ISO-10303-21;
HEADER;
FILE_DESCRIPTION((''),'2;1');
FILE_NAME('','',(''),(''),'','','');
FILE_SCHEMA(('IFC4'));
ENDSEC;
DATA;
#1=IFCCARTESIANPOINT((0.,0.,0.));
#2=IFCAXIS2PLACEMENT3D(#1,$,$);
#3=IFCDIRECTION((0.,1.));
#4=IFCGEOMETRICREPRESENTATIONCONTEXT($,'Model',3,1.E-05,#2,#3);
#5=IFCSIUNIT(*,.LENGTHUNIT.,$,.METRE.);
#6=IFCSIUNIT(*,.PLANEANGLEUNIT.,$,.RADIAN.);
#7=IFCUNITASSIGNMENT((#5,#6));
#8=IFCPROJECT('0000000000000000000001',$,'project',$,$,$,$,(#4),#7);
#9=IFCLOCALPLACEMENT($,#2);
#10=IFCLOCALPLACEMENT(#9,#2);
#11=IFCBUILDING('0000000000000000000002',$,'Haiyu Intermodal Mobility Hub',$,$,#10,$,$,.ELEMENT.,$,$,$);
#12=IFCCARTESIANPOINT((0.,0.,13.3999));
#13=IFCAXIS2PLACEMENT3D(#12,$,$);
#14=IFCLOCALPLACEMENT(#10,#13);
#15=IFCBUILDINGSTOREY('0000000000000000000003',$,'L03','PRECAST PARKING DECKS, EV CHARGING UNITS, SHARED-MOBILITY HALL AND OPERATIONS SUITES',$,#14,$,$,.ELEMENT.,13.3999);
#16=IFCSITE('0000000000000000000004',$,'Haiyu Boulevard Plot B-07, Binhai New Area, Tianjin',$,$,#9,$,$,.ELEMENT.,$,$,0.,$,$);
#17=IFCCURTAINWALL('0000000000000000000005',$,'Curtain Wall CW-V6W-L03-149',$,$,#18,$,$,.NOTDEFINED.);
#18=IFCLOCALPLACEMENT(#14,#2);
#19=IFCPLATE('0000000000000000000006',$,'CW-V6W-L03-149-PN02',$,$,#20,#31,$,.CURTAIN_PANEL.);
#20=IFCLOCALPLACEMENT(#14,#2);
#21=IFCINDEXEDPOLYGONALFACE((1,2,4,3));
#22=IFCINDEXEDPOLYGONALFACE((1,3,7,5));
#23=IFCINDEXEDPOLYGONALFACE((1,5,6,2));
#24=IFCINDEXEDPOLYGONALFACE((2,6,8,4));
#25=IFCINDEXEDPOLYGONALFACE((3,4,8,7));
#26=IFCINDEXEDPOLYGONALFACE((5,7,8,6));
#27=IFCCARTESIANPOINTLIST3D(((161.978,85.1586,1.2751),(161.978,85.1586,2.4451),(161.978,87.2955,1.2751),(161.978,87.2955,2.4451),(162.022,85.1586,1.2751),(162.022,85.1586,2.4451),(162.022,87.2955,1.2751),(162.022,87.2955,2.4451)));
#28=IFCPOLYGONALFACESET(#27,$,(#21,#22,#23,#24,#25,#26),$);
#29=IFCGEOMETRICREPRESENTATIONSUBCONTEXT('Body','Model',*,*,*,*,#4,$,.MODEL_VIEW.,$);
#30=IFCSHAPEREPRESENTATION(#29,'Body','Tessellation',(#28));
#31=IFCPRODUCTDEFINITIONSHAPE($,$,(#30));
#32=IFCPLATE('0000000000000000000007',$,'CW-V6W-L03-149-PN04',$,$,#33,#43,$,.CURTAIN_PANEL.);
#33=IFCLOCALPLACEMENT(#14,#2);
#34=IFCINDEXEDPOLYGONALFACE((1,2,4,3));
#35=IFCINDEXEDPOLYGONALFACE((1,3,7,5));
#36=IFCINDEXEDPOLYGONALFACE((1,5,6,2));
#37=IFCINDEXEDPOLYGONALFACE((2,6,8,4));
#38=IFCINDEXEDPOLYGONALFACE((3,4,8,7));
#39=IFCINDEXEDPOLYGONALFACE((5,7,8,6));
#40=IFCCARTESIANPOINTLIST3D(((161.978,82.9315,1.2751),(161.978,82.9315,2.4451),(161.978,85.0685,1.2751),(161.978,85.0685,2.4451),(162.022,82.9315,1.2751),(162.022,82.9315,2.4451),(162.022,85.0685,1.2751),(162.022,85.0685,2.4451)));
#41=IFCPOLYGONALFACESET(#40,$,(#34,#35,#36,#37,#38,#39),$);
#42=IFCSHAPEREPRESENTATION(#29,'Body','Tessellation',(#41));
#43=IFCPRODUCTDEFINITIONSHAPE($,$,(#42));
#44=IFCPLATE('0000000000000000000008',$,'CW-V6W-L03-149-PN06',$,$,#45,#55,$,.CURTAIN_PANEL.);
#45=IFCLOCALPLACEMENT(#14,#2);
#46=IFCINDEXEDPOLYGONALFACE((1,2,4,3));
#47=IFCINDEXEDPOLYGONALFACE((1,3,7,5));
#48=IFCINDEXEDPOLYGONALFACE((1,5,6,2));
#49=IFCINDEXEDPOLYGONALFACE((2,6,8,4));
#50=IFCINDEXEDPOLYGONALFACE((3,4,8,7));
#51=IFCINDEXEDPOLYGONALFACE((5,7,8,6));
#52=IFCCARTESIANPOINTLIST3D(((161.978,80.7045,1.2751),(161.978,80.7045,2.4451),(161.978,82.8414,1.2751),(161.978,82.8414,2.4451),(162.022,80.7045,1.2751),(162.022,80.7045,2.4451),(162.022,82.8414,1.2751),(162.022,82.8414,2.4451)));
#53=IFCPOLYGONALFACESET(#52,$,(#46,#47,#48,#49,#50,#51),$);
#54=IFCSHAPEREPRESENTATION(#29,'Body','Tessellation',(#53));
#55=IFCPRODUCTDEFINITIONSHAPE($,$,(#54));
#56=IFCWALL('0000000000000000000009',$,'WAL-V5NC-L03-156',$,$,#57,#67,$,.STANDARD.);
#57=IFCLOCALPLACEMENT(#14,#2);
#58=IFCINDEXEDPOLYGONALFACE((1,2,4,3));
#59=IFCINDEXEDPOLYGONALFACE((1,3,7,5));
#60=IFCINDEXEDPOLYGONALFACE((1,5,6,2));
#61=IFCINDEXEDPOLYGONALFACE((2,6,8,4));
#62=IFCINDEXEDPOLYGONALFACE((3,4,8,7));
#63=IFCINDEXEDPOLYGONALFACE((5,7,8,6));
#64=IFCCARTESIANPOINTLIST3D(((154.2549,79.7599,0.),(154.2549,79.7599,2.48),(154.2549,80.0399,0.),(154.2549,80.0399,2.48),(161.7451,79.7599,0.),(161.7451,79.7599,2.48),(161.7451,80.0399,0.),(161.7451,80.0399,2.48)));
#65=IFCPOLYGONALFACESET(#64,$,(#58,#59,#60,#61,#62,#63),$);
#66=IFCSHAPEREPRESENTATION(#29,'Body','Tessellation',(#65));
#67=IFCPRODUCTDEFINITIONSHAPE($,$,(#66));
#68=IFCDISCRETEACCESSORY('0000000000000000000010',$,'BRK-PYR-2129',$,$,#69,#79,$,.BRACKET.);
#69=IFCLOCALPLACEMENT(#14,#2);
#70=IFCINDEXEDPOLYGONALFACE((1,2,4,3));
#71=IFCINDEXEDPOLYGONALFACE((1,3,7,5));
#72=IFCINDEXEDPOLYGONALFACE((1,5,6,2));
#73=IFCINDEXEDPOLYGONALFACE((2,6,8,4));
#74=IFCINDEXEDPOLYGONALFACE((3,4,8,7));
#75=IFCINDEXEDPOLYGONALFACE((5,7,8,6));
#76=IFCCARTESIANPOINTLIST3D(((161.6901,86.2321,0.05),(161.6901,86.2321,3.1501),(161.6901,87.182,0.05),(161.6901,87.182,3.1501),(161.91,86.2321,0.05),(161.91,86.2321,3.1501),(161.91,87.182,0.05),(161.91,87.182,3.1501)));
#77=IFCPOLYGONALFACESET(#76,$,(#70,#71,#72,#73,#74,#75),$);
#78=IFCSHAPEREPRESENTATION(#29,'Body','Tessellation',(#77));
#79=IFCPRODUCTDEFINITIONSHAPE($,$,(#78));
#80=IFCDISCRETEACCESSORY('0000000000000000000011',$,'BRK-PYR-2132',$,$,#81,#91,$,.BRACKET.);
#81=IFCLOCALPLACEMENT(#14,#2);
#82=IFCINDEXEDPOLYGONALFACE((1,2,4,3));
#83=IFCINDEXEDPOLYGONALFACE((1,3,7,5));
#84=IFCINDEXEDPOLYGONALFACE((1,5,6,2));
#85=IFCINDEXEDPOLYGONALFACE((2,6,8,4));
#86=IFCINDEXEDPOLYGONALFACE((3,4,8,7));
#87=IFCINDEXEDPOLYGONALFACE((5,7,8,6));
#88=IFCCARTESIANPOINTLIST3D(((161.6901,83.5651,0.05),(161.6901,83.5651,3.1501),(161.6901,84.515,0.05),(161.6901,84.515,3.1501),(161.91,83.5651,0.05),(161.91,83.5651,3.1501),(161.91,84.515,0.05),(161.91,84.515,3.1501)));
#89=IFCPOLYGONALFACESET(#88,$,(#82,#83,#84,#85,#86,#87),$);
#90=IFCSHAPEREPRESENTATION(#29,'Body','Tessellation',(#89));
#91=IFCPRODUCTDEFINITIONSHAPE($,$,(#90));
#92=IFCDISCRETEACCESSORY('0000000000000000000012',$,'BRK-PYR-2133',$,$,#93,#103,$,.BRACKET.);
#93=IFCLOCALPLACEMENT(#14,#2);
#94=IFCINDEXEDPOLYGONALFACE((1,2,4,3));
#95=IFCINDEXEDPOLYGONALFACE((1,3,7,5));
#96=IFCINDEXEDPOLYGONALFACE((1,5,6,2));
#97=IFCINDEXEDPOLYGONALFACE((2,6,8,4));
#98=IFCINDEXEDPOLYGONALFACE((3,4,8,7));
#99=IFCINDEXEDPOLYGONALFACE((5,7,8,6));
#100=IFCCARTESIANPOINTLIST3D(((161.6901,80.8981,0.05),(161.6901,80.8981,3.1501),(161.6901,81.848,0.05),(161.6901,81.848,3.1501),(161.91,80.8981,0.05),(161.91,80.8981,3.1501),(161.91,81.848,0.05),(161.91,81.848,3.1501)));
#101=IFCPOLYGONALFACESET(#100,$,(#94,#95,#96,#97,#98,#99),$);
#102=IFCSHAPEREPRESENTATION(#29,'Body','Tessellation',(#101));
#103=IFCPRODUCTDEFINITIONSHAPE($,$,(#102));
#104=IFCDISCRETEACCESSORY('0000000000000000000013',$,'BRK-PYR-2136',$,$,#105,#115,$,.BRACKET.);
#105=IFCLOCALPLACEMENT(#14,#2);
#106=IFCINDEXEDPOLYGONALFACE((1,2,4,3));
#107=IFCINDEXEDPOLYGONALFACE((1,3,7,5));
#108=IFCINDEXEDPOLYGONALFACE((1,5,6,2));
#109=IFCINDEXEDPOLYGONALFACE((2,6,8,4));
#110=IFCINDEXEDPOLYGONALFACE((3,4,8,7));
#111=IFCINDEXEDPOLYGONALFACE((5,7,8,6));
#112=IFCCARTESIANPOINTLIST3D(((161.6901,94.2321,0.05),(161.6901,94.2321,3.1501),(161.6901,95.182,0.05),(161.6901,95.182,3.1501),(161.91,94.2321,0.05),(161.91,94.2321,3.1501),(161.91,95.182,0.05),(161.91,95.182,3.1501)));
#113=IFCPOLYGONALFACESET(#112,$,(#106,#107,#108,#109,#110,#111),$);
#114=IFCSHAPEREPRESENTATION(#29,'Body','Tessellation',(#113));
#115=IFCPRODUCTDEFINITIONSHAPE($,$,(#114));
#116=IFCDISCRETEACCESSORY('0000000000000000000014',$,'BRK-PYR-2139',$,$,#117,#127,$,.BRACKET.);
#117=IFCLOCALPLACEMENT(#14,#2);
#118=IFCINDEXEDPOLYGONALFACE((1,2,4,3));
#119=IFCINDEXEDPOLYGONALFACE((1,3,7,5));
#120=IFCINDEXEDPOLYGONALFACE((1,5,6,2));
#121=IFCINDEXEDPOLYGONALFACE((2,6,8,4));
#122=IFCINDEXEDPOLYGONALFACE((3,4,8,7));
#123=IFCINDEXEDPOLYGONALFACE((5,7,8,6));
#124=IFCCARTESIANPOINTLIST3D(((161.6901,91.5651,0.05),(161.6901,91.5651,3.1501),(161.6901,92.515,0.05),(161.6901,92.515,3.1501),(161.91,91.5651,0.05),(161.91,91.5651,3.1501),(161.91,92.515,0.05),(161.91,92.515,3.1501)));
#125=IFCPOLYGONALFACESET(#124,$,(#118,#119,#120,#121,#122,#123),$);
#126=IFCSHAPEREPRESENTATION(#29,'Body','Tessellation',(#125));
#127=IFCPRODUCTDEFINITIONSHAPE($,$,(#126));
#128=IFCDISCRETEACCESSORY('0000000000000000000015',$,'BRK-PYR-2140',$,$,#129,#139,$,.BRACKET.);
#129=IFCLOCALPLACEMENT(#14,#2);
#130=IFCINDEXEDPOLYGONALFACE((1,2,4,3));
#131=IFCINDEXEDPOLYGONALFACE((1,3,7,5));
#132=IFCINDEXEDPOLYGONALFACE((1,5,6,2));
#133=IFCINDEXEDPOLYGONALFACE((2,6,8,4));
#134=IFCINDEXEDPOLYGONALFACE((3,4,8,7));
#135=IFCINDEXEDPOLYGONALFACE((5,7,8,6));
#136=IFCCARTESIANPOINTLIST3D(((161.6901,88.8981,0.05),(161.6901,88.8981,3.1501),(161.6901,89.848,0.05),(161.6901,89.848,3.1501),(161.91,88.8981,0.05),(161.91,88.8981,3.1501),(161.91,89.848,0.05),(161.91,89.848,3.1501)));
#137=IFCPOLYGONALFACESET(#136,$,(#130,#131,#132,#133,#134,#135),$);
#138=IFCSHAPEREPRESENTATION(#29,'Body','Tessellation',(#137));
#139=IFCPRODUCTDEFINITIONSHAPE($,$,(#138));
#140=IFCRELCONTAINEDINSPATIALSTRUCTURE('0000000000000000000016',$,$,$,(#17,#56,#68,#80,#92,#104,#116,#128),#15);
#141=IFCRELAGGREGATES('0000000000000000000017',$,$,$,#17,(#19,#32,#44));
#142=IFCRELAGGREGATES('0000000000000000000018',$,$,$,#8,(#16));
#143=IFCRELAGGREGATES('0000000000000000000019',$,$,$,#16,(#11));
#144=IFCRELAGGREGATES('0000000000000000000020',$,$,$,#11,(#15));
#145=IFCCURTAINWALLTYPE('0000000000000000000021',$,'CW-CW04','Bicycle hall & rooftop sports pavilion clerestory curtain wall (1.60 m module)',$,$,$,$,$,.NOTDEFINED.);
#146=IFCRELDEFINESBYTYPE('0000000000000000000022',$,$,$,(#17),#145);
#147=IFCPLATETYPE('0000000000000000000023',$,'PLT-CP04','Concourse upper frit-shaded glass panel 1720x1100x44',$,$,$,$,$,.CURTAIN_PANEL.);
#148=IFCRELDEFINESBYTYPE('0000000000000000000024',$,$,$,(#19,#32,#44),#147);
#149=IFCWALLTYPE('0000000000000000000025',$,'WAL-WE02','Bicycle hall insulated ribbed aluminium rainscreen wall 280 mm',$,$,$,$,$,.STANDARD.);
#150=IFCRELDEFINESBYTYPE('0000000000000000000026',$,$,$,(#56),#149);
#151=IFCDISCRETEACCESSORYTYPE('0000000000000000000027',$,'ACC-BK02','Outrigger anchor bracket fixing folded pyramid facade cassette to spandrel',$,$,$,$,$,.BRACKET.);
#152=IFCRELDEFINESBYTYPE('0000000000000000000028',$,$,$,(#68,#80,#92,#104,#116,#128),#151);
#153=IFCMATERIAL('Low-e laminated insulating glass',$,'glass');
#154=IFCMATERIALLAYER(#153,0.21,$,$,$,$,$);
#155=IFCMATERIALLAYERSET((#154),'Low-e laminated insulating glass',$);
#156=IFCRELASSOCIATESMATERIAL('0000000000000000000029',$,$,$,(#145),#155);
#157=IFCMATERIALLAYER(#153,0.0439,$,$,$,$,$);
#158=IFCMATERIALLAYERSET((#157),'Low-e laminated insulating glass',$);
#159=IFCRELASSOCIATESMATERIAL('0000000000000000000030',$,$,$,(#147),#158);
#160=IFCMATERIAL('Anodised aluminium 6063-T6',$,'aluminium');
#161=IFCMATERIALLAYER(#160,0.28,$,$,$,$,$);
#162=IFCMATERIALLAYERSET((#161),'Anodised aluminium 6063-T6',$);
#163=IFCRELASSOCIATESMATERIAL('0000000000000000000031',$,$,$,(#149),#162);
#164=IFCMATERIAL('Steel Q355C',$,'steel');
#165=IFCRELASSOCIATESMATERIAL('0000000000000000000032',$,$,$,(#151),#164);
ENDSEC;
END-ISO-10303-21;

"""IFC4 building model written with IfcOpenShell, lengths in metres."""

from ifc_helpers import new_model, si_unit, direction, frame, frame_2d, origin, origin_2d, place, context, subcontext, project, spatial, rectangle, extrude, material, layer, layer_set, type_object, element, aggregate, save


model = new_model("IFC4")

# Units and contexts
model_context = context("Model", 3, precision=1e-05, world=origin(), true_north=direction((0.0, 1.0)))
body_context = subcontext(model_context, "Body", "Model", "MODEL_VIEW")
ifc_project = project(units=[si_unit("LENGTHUNIT", "METRE"), si_unit("PLANEANGLEUNIT", "RADIAN")], contexts=[model_context])

# Site, building, storey
site_placement = place(None, origin())
site = spatial("IfcSite", under=ifc_project, at=site_placement, Name="Haiyu Boulevard Plot B-07, Binhai New Area, Tianjin", CompositionType="ELEMENT", RefElevation=0.0)
building_placement = place(site_placement, origin())
building = spatial("IfcBuilding", under=site, at=building_placement, Name="Haiyu Intermodal Mobility Hub", CompositionType="ELEMENT")
storey_placement = place(building_placement, frame((0.0, 0.0, 13.3999)))
storey = spatial("IfcBuildingStorey", under=building, at=storey_placement, Name="L03", Description="PRECAST PARKING DECKS, EV CHARGING UNITS, SHARED-MOBILITY HALL AND OPERATIONS SUITES", CompositionType="ELEMENT", Elevation=13.3999)

# Curtain wall, plates
ifc_material_1 = material(Name="Low-e laminated insulating glass", Category="glass")
ifc_layer_1 = layer(ifc_material_1, 0.21)
ifc_layer_set_1 = layer_set([ifc_layer_1], Name="Low-e laminated insulating glass")
curtain_wall_type = type_object("IfcCurtainWallType", Name="CW-CW04", Description="Bicycle hall & rooftop sports pavilion clerestory curtain wall (1.60 m module)", PredefinedType="NOTDEFINED", material=ifc_layer_set_1)
curtain_wall_placement = place(storey_placement, origin())
curtain_wall = element("IfcCurtainWall", 1, at=curtain_wall_placement, inside=storey, type_object=curtain_wall_type, Name="Curtain Wall CW-V6W-L03-149", PredefinedType="NOTDEFINED")
ifc_material_2 = material(Name="Anodised aluminium 6063-T6", Category="aluminium")
ifc_layer_2 = layer(ifc_material_1, 0.0439)
ifc_layer_set_2 = layer_set([ifc_layer_2], Name="Low-e laminated insulating glass")
plate_type_1 = type_object("IfcPlateType", Name="PLT-CP04", Description="Concourse upper frit-shaded glass panel 1720x1100x44", PredefinedType="CURTAIN_PANEL", material=ifc_layer_set_2)
plate_1_placement = place(storey_placement, frame((162.0, 86.2271, 1.2751), z_axis=(0.0, 0.0, 1.0), x_axis=(0.0, -1.0, 0.0)))
plate_1 = element("IfcPlate", 2, at=plate_1_placement, type_object=plate_type_1, Name="CW-V6W-L03-149-PN02", PredefinedType="CURTAIN_PANEL", context=body_context, shape_type="SweptSolid", body=[
    extrude(rectangle(XDim=2.137, YDim=0.0439, at=origin_2d()), origin(), (0.0, 0.0, 1.0), 1.1699),
])
plate_2_placement = place(storey_placement, frame((162.0, 84.0, 1.2751), z_axis=(0.0, 0.0, 1.0), x_axis=(0.0, -1.0, 0.0)))
plate_2 = element("IfcPlate", 3, at=plate_2_placement, type_object=plate_type_1, Name="CW-V6W-L03-149-PN04", PredefinedType="CURTAIN_PANEL", context=body_context, shape_type="SweptSolid", body=[
    extrude(rectangle(XDim=2.137, YDim=0.0439, at=origin_2d()), origin(), (0.0, 0.0, 1.0), 1.1699),
])
plate_3_placement = place(storey_placement, frame((162.0, 81.7729, 1.2751), z_axis=(0.0, 0.0, 1.0), x_axis=(0.0, -1.0, 0.0)))
plate_3 = element("IfcPlate", 4, at=plate_3_placement, type_object=plate_type_1, Name="CW-V6W-L03-149-PN06", PredefinedType="CURTAIN_PANEL", context=body_context, shape_type="SweptSolid", body=[
    extrude(rectangle(XDim=2.137, YDim=0.0439, at=origin_2d()), origin(), (0.0, 0.0, 1.0), 1.1699),
])
aggregate(curtain_wall, [plate_1, plate_2, plate_3])

# Wall
ifc_layer_3 = layer(ifc_material_2, 0.28)
ifc_layer_set_3 = layer_set([ifc_layer_3], Name="Anodised aluminium 6063-T6")
wall_type = type_object("IfcWallType", Name="WAL-WE02", Description="Bicycle hall insulated ribbed aluminium rainscreen wall 280 mm", PredefinedType="STANDARD", material=ifc_layer_set_3)
wall_placement = place(storey_placement, frame((161.7451, 79.8999, 0.0), z_axis=(0.0, 0.0, 1.0), x_axis=(-1.0, 0.0, 0.0)))
element("IfcWall", 5, at=wall_placement, inside=storey, type_object=wall_type, Name="WAL-V5NC-L03-156", PredefinedType="STANDARD", context=body_context, shape_type="SweptSolid", body=[
    extrude(rectangle(XDim=7.4902, YDim=0.28, at=frame_2d((3.7451, 0.0))), origin(), (0.0, 0.0, 1.0), 2.48),
])

# Discrete accessories
ifc_material_3 = material(Name="Steel Q355C", Category="steel")
discrete_accessory_type = type_object("IfcDiscreteAccessoryType", Name="ACC-BK02", Description="Outrigger anchor bracket fixing folded pyramid facade cassette to spandrel", PredefinedType="BRACKET", material=ifc_material_3)
for number, where, z_axis, x_axis, name in (
    (6, (161.8, 86.707, 0.05), (0.0, 0.0, 1.0), (1.0, 0.0, 0.0), "BRK-PYR-2129"),
    (7, (161.8, 84.04, 0.05), (0.0, 0.0, 1.0), (1.0, 0.0, 0.0), "BRK-PYR-2132"),
    (8, (161.8, 81.373, 0.05), (0.0, 0.0, 1.0), (1.0, 0.0, 0.0), "BRK-PYR-2133"),
    (9, (161.8, 94.707, 0.05), (0.0, 0.0, 1.0), (1.0, 0.0, 0.0), "BRK-PYR-2136"),
    (10, (161.8, 92.04, 0.05), (0.0, 0.0, 1.0), (1.0, 0.0, 0.0), "BRK-PYR-2139"),
    (11, (161.8, 89.373, 0.05), (0.0, 0.0, 1.0), (1.0, 0.0, 0.0), "BRK-PYR-2140"),
):
    element("IfcDiscreteAccessory", number, at=place(storey_placement, frame(where, z_axis=z_axis, x_axis=x_axis)), inside=storey, type_object=discrete_accessory_type, Name=name, PredefinedType="BRACKET", context=body_context, shape_type="SweptSolid", body=[
        extrude(rectangle(XDim=0.22, YDim=0.95, at=origin_2d()), origin(), (0.0, 0.0, 1.0), 3.1001),
    ])

save(model, "model.ifc")
